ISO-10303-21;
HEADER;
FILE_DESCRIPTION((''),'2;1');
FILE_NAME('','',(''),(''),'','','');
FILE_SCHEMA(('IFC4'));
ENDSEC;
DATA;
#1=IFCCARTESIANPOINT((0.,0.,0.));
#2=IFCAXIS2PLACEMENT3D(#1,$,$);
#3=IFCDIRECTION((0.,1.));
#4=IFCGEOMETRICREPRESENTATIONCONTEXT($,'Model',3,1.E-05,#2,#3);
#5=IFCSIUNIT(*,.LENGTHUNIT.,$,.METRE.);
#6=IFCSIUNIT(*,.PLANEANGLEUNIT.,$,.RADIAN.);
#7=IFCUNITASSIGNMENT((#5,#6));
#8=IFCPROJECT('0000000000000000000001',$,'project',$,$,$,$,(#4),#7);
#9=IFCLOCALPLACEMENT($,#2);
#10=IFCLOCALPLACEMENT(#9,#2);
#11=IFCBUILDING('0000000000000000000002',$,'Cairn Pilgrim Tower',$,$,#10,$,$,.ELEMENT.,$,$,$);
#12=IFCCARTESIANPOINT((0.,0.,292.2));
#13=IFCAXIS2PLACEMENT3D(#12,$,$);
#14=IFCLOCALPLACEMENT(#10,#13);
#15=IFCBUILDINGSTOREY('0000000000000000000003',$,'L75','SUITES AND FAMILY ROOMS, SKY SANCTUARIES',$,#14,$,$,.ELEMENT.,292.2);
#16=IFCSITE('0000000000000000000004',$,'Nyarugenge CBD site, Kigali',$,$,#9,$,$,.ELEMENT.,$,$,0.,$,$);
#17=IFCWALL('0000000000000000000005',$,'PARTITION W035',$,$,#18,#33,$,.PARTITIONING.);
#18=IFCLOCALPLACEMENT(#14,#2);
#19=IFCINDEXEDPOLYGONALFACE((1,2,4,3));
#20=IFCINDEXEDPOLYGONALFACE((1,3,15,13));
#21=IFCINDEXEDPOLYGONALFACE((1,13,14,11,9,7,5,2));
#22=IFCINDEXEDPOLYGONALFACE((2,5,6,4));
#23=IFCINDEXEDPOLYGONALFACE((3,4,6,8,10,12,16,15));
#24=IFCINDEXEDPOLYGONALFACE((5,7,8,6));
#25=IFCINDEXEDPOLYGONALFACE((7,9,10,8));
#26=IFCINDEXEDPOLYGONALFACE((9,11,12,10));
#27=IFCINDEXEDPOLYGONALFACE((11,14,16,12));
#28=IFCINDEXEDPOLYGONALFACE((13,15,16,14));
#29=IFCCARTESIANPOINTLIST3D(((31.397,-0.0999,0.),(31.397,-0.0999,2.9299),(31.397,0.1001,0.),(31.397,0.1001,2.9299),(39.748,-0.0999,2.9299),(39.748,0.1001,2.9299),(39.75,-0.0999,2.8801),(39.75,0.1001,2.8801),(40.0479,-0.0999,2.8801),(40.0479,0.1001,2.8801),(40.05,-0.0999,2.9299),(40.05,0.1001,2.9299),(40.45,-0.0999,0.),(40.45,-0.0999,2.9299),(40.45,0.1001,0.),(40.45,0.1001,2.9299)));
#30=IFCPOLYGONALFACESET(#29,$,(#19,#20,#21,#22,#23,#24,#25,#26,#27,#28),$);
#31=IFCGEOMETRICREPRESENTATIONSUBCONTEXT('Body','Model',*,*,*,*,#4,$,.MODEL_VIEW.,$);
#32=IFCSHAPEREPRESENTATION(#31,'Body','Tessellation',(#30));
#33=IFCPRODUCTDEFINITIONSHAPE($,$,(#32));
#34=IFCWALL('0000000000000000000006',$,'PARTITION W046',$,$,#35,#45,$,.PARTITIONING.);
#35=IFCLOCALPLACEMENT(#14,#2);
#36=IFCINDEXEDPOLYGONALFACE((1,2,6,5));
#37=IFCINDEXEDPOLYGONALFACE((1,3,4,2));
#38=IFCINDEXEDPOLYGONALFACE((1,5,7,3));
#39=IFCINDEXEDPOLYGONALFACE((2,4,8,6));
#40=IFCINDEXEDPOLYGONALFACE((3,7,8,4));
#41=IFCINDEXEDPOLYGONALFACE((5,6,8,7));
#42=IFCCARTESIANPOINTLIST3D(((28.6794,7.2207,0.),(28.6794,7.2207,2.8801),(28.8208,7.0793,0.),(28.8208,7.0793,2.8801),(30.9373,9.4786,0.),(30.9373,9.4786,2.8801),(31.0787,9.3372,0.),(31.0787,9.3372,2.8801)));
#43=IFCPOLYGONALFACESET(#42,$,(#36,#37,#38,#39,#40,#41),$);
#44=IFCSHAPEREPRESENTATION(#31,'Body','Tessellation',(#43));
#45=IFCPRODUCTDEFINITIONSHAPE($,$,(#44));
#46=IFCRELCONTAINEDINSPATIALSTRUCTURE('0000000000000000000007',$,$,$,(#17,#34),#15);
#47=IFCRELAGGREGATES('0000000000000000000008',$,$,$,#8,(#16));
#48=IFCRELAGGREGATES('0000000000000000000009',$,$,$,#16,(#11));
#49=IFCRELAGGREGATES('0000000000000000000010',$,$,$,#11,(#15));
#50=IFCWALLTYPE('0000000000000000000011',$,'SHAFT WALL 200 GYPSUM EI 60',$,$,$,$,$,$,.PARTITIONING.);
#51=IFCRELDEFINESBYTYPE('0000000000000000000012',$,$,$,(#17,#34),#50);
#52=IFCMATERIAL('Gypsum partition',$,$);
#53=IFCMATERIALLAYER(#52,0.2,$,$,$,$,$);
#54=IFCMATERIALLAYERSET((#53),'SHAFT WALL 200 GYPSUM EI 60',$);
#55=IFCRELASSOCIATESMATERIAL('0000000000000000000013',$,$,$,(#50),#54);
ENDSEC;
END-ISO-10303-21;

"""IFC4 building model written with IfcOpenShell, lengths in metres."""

from ifc_helpers import new_model, si_unit, direction, frame, frame_2d, origin, place, context, subcontext, project, spatial, polyline, rectangle, outline, extrude, material, layer, layer_set, type_object, element, save


model = new_model("IFC4")

# Units and contexts
model_context = context("Model", 3, precision=1e-05, world=origin(), true_north=direction((0.0, 1.0)))
body_context = subcontext(model_context, "Body", "Model", "MODEL_VIEW")
ifc_project = project(units=[si_unit("LENGTHUNIT", "METRE"), si_unit("PLANEANGLEUNIT", "RADIAN")], contexts=[model_context])

# Site, building, storey
site_placement = place(None, origin())
site = spatial("IfcSite", under=ifc_project, at=site_placement, Name="Nyarugenge CBD site, Kigali", CompositionType="ELEMENT", RefElevation=0.0)
building_placement = place(site_placement, origin())
building = spatial("IfcBuilding", under=site, at=building_placement, Name="Cairn Pilgrim Tower", CompositionType="ELEMENT")
storey_placement = place(building_placement, frame((0.0, 0.0, 292.2)))
storey = spatial("IfcBuildingStorey", under=building, at=storey_placement, Name="L75", Description="SUITES AND FAMILY ROOMS, SKY SANCTUARIES", CompositionType="ELEMENT", Elevation=292.2)

# Shared definitions
ifc_material_1 = material(Name="Gypsum partition")

# Walls
ifc_layer_1 = layer(ifc_material_1, 0.2)
ifc_layer_set_1 = layer_set([ifc_layer_1], Name="SHAFT WALL 200 GYPSUM EI 60")
wall_type_1 = type_object("IfcWallType", Name="SHAFT WALL 200 GYPSUM EI 60", PredefinedType="PARTITIONING", material=ifc_layer_set_1)
wall_1_placement = place(storey_placement, frame((31.397, 0.0, 0.0), z_axis=(0.0, 0.0, 1.0), x_axis=(1.0, 0.0, 0.0)))
element("IfcWall", 1, at=wall_1_placement, inside=storey, type_object=wall_type_1, Name="PARTITION W035", PredefinedType="PARTITIONING", context=body_context, shape_type="SweptSolid", body=[
    extrude(outline(polyline([(0.0, 0.0), (9.053, 0.0), (9.053, 2.9299), (8.6531, 2.9299), (8.6509, 2.8801), (8.353, 2.8801), (8.3511, 2.9299), (0.0, 2.9299), (0.0, 0.0)])), frame((0.0, 0.1001, 0.0), z_axis=(0.0, -1.0, 0.0), x_axis=(1.0, 0.0, 0.0)), (0.0, 0.0, 1.0), 0.2),
])
wall_2_placement = place(storey_placement, frame((28.75, 7.1499, 0.0), z_axis=(0.0, 0.0, 1.0), x_axis=(0.707107, 0.707107, 0.0)))
element("IfcWall", 2, at=wall_2_placement, inside=storey, type_object=wall_type_1, Name="PARTITION W046", PredefinedType="PARTITIONING", context=body_context, shape_type="SweptSolid", body=[
    extrude(rectangle(XDim=3.1931, YDim=0.2, at=frame_2d((1.5967, 0.0))), origin(), (0.0, 0.0, 1.0), 2.8801),
])

save(model, "model.ifc")
